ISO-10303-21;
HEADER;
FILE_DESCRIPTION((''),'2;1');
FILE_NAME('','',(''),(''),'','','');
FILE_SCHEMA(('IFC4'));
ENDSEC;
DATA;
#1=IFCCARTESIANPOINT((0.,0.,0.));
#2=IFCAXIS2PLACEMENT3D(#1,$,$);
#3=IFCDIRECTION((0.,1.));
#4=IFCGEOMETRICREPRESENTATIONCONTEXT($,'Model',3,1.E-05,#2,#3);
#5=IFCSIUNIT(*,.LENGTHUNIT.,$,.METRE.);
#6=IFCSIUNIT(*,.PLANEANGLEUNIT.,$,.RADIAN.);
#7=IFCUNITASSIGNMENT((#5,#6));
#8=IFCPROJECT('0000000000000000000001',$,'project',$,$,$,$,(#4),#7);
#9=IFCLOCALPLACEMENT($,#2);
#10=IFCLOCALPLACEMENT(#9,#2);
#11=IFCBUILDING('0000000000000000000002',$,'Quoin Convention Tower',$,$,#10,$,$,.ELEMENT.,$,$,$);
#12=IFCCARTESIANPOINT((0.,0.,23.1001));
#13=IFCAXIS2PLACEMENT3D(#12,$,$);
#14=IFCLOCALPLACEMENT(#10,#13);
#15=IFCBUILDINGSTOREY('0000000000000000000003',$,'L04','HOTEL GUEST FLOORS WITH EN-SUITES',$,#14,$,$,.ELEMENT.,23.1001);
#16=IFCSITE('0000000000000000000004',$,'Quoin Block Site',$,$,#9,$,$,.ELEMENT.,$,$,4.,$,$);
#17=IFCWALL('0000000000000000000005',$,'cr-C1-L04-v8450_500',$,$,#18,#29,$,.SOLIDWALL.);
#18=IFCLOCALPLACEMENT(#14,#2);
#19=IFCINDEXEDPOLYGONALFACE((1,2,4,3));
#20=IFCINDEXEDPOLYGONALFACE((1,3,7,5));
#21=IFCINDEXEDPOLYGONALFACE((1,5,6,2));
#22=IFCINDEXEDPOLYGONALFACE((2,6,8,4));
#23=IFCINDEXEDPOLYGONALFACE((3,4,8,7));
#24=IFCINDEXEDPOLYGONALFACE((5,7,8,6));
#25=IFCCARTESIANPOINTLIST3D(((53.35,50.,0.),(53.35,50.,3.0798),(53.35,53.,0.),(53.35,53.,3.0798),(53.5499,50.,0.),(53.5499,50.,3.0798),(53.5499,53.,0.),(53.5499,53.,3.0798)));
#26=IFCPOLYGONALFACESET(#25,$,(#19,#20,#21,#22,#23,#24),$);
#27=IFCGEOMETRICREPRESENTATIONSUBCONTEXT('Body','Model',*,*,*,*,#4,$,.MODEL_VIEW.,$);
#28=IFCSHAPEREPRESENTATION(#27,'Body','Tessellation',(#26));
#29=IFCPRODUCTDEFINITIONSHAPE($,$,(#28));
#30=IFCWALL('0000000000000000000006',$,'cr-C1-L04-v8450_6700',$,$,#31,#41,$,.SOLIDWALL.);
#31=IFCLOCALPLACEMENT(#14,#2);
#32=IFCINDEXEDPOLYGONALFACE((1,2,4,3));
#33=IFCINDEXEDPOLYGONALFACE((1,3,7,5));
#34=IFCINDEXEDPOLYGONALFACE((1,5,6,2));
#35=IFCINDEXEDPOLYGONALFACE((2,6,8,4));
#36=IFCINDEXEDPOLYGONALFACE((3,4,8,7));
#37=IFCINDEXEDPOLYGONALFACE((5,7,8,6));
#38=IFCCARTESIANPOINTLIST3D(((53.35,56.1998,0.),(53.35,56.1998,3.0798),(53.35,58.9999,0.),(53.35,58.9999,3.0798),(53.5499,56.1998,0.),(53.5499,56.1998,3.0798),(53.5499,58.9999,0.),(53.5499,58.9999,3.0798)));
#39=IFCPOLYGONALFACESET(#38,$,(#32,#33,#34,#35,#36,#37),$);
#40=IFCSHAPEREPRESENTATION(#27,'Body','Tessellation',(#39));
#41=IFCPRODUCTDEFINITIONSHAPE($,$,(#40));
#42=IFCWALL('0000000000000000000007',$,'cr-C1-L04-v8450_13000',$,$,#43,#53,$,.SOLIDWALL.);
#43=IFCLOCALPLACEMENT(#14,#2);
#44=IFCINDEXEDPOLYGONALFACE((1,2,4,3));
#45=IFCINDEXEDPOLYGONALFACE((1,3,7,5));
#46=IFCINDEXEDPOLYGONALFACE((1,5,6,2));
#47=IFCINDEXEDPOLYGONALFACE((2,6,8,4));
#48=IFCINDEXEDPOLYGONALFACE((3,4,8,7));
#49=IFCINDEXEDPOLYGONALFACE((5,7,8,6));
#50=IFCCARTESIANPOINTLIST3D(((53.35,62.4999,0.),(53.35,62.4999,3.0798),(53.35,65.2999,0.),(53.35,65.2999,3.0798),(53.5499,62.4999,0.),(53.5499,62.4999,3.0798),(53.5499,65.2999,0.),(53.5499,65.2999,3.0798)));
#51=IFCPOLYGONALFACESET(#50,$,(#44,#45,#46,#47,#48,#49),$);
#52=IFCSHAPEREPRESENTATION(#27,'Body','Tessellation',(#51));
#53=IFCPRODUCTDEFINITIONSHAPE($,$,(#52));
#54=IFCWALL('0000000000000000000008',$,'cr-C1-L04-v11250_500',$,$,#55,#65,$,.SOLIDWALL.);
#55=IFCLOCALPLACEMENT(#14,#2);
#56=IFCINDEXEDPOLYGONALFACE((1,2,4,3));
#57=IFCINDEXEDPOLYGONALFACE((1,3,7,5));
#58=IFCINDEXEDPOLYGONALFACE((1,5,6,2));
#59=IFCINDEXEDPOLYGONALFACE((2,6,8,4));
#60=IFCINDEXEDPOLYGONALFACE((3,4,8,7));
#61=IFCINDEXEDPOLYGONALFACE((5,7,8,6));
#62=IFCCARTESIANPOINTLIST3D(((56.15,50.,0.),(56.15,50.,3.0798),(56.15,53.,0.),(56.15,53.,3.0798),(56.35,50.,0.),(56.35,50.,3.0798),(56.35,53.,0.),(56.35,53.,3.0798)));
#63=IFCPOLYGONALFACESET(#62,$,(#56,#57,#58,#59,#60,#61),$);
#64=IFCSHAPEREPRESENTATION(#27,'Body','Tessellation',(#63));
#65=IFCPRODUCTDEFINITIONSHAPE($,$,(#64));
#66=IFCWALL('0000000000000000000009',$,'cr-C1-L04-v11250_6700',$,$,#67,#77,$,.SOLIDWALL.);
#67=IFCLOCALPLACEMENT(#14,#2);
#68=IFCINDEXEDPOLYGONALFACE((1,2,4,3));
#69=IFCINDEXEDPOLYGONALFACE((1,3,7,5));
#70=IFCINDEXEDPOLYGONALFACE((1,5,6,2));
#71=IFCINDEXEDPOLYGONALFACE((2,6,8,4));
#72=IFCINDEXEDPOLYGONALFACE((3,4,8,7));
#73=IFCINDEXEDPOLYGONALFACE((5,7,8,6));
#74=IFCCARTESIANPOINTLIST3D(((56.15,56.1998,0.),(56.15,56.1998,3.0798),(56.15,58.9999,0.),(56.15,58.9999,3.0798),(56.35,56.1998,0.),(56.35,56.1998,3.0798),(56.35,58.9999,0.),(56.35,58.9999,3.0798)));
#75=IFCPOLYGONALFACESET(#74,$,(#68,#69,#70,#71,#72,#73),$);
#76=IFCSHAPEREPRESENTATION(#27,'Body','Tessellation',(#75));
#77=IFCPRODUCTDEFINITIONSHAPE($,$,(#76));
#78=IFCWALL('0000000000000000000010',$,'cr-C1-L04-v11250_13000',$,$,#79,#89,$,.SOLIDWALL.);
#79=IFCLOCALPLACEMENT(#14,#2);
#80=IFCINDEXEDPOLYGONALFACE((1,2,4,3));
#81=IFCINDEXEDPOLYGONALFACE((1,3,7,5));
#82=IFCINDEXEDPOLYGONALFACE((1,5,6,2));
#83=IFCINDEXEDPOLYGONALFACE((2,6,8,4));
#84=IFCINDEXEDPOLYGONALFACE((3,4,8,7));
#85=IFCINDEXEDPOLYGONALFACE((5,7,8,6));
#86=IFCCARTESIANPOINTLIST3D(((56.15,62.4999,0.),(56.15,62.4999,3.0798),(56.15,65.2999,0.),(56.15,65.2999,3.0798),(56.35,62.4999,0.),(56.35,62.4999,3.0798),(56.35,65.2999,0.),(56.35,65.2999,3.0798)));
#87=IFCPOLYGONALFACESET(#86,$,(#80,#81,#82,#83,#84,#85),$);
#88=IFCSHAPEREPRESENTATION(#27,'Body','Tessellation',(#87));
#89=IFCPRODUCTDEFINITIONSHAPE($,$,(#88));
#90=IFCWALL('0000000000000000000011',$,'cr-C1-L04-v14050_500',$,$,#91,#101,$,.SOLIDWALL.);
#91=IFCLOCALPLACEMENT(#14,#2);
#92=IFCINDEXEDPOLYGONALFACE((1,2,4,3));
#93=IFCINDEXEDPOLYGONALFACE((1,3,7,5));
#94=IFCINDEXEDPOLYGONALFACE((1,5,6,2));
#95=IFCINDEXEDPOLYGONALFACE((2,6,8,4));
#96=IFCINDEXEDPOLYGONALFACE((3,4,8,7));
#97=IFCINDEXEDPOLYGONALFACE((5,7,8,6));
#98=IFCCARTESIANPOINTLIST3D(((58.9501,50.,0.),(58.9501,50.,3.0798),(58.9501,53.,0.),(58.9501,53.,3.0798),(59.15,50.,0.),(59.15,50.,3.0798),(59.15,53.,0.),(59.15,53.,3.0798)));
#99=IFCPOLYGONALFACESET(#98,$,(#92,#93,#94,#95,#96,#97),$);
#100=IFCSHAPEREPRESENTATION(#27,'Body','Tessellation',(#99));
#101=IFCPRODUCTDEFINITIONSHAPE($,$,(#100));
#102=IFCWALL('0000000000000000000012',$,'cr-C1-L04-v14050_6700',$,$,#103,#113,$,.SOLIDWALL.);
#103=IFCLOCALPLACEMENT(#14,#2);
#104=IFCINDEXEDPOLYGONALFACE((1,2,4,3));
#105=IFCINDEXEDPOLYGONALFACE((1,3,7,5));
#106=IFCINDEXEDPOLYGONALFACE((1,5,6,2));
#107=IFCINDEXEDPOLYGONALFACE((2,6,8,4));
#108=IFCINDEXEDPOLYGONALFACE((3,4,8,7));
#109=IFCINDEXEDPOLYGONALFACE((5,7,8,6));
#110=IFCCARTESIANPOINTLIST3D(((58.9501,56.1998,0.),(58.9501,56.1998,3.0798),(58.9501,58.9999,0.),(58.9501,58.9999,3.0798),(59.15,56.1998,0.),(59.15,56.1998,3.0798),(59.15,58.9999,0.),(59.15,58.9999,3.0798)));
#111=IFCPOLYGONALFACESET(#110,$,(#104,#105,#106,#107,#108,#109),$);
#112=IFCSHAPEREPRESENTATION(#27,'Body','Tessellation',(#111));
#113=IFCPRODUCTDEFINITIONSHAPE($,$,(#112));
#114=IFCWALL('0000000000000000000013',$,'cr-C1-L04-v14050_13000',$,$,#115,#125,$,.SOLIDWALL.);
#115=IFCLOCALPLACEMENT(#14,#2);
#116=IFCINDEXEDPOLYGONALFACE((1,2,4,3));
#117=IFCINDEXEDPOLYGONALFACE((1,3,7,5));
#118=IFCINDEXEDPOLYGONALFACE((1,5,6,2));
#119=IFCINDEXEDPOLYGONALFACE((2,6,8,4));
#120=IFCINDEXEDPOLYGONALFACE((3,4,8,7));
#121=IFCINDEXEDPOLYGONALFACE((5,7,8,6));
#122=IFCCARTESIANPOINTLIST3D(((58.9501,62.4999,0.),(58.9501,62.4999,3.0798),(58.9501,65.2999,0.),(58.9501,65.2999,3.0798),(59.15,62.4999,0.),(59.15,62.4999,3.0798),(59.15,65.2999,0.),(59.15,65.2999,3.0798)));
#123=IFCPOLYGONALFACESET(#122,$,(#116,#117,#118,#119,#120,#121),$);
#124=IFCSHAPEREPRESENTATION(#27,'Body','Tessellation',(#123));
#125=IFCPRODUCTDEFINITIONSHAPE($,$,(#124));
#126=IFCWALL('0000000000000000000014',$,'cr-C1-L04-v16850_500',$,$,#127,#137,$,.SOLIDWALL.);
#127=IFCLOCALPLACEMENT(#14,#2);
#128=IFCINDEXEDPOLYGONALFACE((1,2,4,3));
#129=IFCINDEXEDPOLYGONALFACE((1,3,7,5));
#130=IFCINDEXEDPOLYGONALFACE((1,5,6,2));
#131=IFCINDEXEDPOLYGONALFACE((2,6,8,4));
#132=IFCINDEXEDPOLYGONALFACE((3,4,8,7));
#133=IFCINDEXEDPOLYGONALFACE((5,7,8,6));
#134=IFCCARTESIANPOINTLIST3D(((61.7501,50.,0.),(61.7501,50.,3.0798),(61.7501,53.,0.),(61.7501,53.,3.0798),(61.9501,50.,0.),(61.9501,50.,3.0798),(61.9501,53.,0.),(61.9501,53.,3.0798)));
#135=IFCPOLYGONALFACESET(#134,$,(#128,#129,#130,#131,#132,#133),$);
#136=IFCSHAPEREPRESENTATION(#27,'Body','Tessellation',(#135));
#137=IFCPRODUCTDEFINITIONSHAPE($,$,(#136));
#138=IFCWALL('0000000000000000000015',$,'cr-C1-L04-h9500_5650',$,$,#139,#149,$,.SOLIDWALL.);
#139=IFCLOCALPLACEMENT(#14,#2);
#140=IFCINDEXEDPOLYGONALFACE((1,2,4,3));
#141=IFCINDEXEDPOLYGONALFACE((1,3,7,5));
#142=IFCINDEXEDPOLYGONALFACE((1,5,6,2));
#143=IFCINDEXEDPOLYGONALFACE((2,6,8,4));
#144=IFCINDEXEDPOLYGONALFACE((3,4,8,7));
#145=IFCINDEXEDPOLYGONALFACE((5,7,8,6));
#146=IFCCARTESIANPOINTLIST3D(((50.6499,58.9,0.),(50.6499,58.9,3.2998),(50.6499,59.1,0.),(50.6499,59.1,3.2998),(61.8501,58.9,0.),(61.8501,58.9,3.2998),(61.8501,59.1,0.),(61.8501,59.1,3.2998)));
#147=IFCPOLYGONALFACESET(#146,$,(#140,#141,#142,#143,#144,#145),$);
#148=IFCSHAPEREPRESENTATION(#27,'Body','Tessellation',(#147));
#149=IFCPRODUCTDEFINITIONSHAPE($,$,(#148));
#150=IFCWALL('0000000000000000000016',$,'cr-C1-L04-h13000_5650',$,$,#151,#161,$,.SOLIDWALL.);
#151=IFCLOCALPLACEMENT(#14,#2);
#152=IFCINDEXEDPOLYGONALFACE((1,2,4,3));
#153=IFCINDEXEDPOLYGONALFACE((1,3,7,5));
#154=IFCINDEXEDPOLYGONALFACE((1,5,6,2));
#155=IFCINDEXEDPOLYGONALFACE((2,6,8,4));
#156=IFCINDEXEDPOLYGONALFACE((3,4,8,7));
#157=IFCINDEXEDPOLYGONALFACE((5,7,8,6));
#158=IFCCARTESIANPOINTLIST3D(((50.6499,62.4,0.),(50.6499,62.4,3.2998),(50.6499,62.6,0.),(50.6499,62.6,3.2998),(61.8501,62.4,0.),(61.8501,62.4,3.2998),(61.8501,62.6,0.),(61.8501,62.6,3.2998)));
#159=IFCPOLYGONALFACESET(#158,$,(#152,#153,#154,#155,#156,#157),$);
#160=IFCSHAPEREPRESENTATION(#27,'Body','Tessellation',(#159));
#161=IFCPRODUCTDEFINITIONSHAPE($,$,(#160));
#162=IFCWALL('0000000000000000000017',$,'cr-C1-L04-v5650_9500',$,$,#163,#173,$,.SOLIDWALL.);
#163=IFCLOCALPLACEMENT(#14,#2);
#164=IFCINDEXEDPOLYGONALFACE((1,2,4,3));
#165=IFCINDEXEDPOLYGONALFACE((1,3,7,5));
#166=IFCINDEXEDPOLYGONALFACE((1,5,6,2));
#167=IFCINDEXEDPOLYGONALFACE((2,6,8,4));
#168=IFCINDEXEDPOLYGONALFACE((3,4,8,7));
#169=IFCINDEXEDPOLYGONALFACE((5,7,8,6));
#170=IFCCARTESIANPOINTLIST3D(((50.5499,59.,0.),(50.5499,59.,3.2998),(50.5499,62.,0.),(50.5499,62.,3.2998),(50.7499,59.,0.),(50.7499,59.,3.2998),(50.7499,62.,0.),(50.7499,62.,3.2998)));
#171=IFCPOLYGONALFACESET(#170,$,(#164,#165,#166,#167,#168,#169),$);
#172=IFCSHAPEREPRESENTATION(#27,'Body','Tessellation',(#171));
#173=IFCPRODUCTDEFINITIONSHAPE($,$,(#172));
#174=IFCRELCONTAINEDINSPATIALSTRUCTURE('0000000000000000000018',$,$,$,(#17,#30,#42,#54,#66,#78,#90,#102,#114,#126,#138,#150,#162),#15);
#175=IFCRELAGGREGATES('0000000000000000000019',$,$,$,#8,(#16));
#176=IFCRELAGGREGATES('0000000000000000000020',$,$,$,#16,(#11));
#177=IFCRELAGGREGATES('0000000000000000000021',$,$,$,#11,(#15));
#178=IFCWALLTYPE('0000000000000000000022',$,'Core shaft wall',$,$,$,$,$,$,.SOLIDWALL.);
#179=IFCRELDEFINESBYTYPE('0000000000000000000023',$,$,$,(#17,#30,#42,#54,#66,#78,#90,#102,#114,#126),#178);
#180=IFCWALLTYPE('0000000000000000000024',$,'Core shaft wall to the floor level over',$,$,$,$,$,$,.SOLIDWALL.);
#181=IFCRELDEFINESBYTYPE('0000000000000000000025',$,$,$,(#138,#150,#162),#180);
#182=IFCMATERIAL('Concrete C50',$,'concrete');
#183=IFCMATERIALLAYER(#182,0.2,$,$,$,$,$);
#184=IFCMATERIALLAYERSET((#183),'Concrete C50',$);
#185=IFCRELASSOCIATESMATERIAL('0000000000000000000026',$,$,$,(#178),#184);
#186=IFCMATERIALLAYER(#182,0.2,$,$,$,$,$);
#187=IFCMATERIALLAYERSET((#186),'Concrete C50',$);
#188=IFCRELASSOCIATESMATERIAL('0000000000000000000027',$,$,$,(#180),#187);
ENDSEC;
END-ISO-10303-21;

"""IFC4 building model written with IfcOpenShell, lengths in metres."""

from ifc_helpers import new_model, si_unit, direction, frame, frame_2d, origin, place, context, subcontext, project, spatial, rectangle, extrude, material, layer, layer_set, type_object, element, save


model = new_model("IFC4")

# Units and contexts
model_context = context("Model", 3, precision=1e-05, world=origin(), true_north=direction((0.0, 1.0)))
body_context = subcontext(model_context, "Body", "Model", "MODEL_VIEW")
ifc_project = project(units=[si_unit("LENGTHUNIT", "METRE"), si_unit("PLANEANGLEUNIT", "RADIAN")], contexts=[model_context])

# Site, building, storey
site_placement = place(None, origin())
site = spatial("IfcSite", under=ifc_project, at=site_placement, Name="Quoin Block Site", CompositionType="ELEMENT", RefElevation=4.0)
building_placement = place(site_placement, origin())
building = spatial("IfcBuilding", under=site, at=building_placement, Name="Quoin Convention Tower", CompositionType="ELEMENT")
storey_placement = place(building_placement, frame((0.0, 0.0, 23.1001)))
storey = spatial("IfcBuildingStorey", under=building, at=storey_placement, Name="L04", Description="HOTEL GUEST FLOORS WITH EN-SUITES", CompositionType="ELEMENT", Elevation=23.1001)

# Shared definitions
ifc_material_1 = material(Name="Concrete C50", Category="concrete")
ifc_layer_1 = layer(ifc_material_1, 0.2)
ifc_layer_set_1 = layer_set([ifc_layer_1], Name="Concrete C50")
wall_type_1 = type_object("IfcWallType", Name="Core shaft wall", PredefinedType="SOLIDWALL", material=ifc_layer_set_1)

# Walls
wall_1_placement = place(storey_placement, frame((53.45, 50.0, 0.0), z_axis=(0.0, 0.0, 1.0), x_axis=(0.0, 1.0, 0.0)))
element("IfcWall", 1, at=wall_1_placement, inside=storey, type_object=wall_type_1, Name="cr-C1-L04-v8450_500", PredefinedType="SOLIDWALL", context=body_context, shape_type="SweptSolid", body=[
    extrude(rectangle(XDim=3.0, YDim=0.2, at=frame_2d((1.5, 0.0))), origin(), (0.0, 0.0, 1.0), 3.0798),
])
for number, where, z_axis, x_axis, name in (
    (2, (53.45, 56.2, 0.0), (0.0, 0.0, 1.0), (0.0, 1.0, 0.0), "cr-C1-L04-v8450_6700"),
    (3, (53.45, 62.5, 0.0), (0.0, 0.0, 1.0), (0.0, 1.0, 0.0), "cr-C1-L04-v8450_13000"),
):
    element("IfcWall", number, at=place(storey_placement, frame(where, z_axis=z_axis, x_axis=x_axis)), inside=storey, type_object=wall_type_1, Name=name, PredefinedType="SOLIDWALL", context=body_context, shape_type="SweptSolid", body=[
        extrude(rectangle(XDim=2.8, YDim=0.2, at=frame_2d((1.3999, 0.0))), origin(), (0.0, 0.0, 1.0), 3.0798),
    ])
wall_2_placement = place(storey_placement, frame((56.25, 50.0, 0.0), z_axis=(0.0, 0.0, 1.0), x_axis=(0.0, 1.0, 0.0)))
element("IfcWall", 4, at=wall_2_placement, inside=storey, type_object=wall_type_1, Name="cr-C1-L04-v11250_500", PredefinedType="SOLIDWALL", context=body_context, shape_type="SweptSolid", body=[
    extrude(rectangle(XDim=3.0, YDim=0.2, at=frame_2d((1.5, 0.0))), origin(), (0.0, 0.0, 1.0), 3.0798),
])
for number, where, z_axis, x_axis, name in (
    (5, (56.25, 56.2, 0.0), (0.0, 0.0, 1.0), (0.0, 1.0, 0.0), "cr-C1-L04-v11250_6700"),
    (6, (56.25, 62.5, 0.0), (0.0, 0.0, 1.0), (0.0, 1.0, 0.0), "cr-C1-L04-v11250_13000"),
):
    element("IfcWall", number, at=place(storey_placement, frame(where, z_axis=z_axis, x_axis=x_axis)), inside=storey, type_object=wall_type_1, Name=name, PredefinedType="SOLIDWALL", context=body_context, shape_type="SweptSolid", body=[
        extrude(rectangle(XDim=2.8, YDim=0.2, at=frame_2d((1.3999, 0.0))), origin(), (0.0, 0.0, 1.0), 3.0798),
    ])
wall_3_placement = place(storey_placement, frame((59.05, 50.0, 0.0), z_axis=(0.0, 0.0, 1.0), x_axis=(0.0, 1.0, 0.0)))
element("IfcWall", 7, at=wall_3_placement, inside=storey, type_object=wall_type_1, Name="cr-C1-L04-v14050_500", PredefinedType="SOLIDWALL", context=body_context, shape_type="SweptSolid", body=[
    extrude(rectangle(XDim=3.0, YDim=0.2, at=frame_2d((1.5, 0.0))), origin(), (0.0, 0.0, 1.0), 3.0798),
])
for number, where, z_axis, x_axis, name in (
    (8, (59.05, 56.2, 0.0), (0.0, 0.0, 1.0), (0.0, 1.0, 0.0), "cr-C1-L04-v14050_6700"),
    (9, (59.05, 62.5, 0.0), (0.0, 0.0, 1.0), (0.0, 1.0, 0.0), "cr-C1-L04-v14050_13000"),
):
    element("IfcWall", number, at=place(storey_placement, frame(where, z_axis=z_axis, x_axis=x_axis)), inside=storey, type_object=wall_type_1, Name=name, PredefinedType="SOLIDWALL", context=body_context, shape_type="SweptSolid", body=[
        extrude(rectangle(XDim=2.8, YDim=0.2, at=frame_2d((1.3999, 0.0))), origin(), (0.0, 0.0, 1.0), 3.0798),
    ])
wall_4_placement = place(storey_placement, frame((61.8501, 50.0, 0.0), z_axis=(0.0, 0.0, 1.0), x_axis=(0.0, 1.0, 0.0)))
element("IfcWall", 10, at=wall_4_placement, inside=storey, type_object=wall_type_1, Name="cr-C1-L04-v16850_500", PredefinedType="SOLIDWALL", context=body_context, shape_type="SweptSolid", body=[
    extrude(rectangle(XDim=3.0, YDim=0.2, at=frame_2d((1.5, 0.0))), origin(), (0.0, 0.0, 1.0), 3.0798),
])
ifc_layer_2 = layer(ifc_material_1, 0.2)
ifc_layer_set_2 = layer_set([ifc_layer_2], Name="Concrete C50")
wall_type_2 = type_object("IfcWallType", Name="Core shaft wall to the floor level over", PredefinedType="SOLIDWALL", material=ifc_layer_set_2)
for number, where, z_axis, x_axis, name in (
    (11, (50.6499, 59.0, 0.0), (0.0, 0.0, 1.0), (1.0, 0.0, 0.0), "cr-C1-L04-h9500_5650"),
    (12, (50.6499, 62.5, 0.0), (0.0, 0.0, 1.0), (1.0, 0.0, 0.0), "cr-C1-L04-h13000_5650"),
):
    element("IfcWall", number, at=place(storey_placement, frame(where, z_axis=z_axis, x_axis=x_axis)), inside=storey, type_object=wall_type_2, Name=name, PredefinedType="SOLIDWALL", context=body_context, shape_type="SweptSolid", body=[
        extrude(rectangle(XDim=11.2002, YDim=0.2, at=frame_2d((5.6001, 0.0))), origin(), (0.0, 0.0, 1.0), 3.2998),
    ])
wall_5_placement = place(storey_placement, frame((50.6499, 59.0, 0.0), z_axis=(0.0, 0.0, 1.0), x_axis=(0.0, 1.0, 0.0)))
element("IfcWall", 13, at=wall_5_placement, inside=storey, type_object=wall_type_2, Name="cr-C1-L04-v5650_9500", PredefinedType="SOLIDWALL", context=body_context, shape_type="SweptSolid", body=[
    extrude(rectangle(XDim=3.0, YDim=0.2, at=frame_2d((1.5, 0.0))), origin(), (0.0, 0.0, 1.0), 3.2998),
])

save(model, "model.ifc")
